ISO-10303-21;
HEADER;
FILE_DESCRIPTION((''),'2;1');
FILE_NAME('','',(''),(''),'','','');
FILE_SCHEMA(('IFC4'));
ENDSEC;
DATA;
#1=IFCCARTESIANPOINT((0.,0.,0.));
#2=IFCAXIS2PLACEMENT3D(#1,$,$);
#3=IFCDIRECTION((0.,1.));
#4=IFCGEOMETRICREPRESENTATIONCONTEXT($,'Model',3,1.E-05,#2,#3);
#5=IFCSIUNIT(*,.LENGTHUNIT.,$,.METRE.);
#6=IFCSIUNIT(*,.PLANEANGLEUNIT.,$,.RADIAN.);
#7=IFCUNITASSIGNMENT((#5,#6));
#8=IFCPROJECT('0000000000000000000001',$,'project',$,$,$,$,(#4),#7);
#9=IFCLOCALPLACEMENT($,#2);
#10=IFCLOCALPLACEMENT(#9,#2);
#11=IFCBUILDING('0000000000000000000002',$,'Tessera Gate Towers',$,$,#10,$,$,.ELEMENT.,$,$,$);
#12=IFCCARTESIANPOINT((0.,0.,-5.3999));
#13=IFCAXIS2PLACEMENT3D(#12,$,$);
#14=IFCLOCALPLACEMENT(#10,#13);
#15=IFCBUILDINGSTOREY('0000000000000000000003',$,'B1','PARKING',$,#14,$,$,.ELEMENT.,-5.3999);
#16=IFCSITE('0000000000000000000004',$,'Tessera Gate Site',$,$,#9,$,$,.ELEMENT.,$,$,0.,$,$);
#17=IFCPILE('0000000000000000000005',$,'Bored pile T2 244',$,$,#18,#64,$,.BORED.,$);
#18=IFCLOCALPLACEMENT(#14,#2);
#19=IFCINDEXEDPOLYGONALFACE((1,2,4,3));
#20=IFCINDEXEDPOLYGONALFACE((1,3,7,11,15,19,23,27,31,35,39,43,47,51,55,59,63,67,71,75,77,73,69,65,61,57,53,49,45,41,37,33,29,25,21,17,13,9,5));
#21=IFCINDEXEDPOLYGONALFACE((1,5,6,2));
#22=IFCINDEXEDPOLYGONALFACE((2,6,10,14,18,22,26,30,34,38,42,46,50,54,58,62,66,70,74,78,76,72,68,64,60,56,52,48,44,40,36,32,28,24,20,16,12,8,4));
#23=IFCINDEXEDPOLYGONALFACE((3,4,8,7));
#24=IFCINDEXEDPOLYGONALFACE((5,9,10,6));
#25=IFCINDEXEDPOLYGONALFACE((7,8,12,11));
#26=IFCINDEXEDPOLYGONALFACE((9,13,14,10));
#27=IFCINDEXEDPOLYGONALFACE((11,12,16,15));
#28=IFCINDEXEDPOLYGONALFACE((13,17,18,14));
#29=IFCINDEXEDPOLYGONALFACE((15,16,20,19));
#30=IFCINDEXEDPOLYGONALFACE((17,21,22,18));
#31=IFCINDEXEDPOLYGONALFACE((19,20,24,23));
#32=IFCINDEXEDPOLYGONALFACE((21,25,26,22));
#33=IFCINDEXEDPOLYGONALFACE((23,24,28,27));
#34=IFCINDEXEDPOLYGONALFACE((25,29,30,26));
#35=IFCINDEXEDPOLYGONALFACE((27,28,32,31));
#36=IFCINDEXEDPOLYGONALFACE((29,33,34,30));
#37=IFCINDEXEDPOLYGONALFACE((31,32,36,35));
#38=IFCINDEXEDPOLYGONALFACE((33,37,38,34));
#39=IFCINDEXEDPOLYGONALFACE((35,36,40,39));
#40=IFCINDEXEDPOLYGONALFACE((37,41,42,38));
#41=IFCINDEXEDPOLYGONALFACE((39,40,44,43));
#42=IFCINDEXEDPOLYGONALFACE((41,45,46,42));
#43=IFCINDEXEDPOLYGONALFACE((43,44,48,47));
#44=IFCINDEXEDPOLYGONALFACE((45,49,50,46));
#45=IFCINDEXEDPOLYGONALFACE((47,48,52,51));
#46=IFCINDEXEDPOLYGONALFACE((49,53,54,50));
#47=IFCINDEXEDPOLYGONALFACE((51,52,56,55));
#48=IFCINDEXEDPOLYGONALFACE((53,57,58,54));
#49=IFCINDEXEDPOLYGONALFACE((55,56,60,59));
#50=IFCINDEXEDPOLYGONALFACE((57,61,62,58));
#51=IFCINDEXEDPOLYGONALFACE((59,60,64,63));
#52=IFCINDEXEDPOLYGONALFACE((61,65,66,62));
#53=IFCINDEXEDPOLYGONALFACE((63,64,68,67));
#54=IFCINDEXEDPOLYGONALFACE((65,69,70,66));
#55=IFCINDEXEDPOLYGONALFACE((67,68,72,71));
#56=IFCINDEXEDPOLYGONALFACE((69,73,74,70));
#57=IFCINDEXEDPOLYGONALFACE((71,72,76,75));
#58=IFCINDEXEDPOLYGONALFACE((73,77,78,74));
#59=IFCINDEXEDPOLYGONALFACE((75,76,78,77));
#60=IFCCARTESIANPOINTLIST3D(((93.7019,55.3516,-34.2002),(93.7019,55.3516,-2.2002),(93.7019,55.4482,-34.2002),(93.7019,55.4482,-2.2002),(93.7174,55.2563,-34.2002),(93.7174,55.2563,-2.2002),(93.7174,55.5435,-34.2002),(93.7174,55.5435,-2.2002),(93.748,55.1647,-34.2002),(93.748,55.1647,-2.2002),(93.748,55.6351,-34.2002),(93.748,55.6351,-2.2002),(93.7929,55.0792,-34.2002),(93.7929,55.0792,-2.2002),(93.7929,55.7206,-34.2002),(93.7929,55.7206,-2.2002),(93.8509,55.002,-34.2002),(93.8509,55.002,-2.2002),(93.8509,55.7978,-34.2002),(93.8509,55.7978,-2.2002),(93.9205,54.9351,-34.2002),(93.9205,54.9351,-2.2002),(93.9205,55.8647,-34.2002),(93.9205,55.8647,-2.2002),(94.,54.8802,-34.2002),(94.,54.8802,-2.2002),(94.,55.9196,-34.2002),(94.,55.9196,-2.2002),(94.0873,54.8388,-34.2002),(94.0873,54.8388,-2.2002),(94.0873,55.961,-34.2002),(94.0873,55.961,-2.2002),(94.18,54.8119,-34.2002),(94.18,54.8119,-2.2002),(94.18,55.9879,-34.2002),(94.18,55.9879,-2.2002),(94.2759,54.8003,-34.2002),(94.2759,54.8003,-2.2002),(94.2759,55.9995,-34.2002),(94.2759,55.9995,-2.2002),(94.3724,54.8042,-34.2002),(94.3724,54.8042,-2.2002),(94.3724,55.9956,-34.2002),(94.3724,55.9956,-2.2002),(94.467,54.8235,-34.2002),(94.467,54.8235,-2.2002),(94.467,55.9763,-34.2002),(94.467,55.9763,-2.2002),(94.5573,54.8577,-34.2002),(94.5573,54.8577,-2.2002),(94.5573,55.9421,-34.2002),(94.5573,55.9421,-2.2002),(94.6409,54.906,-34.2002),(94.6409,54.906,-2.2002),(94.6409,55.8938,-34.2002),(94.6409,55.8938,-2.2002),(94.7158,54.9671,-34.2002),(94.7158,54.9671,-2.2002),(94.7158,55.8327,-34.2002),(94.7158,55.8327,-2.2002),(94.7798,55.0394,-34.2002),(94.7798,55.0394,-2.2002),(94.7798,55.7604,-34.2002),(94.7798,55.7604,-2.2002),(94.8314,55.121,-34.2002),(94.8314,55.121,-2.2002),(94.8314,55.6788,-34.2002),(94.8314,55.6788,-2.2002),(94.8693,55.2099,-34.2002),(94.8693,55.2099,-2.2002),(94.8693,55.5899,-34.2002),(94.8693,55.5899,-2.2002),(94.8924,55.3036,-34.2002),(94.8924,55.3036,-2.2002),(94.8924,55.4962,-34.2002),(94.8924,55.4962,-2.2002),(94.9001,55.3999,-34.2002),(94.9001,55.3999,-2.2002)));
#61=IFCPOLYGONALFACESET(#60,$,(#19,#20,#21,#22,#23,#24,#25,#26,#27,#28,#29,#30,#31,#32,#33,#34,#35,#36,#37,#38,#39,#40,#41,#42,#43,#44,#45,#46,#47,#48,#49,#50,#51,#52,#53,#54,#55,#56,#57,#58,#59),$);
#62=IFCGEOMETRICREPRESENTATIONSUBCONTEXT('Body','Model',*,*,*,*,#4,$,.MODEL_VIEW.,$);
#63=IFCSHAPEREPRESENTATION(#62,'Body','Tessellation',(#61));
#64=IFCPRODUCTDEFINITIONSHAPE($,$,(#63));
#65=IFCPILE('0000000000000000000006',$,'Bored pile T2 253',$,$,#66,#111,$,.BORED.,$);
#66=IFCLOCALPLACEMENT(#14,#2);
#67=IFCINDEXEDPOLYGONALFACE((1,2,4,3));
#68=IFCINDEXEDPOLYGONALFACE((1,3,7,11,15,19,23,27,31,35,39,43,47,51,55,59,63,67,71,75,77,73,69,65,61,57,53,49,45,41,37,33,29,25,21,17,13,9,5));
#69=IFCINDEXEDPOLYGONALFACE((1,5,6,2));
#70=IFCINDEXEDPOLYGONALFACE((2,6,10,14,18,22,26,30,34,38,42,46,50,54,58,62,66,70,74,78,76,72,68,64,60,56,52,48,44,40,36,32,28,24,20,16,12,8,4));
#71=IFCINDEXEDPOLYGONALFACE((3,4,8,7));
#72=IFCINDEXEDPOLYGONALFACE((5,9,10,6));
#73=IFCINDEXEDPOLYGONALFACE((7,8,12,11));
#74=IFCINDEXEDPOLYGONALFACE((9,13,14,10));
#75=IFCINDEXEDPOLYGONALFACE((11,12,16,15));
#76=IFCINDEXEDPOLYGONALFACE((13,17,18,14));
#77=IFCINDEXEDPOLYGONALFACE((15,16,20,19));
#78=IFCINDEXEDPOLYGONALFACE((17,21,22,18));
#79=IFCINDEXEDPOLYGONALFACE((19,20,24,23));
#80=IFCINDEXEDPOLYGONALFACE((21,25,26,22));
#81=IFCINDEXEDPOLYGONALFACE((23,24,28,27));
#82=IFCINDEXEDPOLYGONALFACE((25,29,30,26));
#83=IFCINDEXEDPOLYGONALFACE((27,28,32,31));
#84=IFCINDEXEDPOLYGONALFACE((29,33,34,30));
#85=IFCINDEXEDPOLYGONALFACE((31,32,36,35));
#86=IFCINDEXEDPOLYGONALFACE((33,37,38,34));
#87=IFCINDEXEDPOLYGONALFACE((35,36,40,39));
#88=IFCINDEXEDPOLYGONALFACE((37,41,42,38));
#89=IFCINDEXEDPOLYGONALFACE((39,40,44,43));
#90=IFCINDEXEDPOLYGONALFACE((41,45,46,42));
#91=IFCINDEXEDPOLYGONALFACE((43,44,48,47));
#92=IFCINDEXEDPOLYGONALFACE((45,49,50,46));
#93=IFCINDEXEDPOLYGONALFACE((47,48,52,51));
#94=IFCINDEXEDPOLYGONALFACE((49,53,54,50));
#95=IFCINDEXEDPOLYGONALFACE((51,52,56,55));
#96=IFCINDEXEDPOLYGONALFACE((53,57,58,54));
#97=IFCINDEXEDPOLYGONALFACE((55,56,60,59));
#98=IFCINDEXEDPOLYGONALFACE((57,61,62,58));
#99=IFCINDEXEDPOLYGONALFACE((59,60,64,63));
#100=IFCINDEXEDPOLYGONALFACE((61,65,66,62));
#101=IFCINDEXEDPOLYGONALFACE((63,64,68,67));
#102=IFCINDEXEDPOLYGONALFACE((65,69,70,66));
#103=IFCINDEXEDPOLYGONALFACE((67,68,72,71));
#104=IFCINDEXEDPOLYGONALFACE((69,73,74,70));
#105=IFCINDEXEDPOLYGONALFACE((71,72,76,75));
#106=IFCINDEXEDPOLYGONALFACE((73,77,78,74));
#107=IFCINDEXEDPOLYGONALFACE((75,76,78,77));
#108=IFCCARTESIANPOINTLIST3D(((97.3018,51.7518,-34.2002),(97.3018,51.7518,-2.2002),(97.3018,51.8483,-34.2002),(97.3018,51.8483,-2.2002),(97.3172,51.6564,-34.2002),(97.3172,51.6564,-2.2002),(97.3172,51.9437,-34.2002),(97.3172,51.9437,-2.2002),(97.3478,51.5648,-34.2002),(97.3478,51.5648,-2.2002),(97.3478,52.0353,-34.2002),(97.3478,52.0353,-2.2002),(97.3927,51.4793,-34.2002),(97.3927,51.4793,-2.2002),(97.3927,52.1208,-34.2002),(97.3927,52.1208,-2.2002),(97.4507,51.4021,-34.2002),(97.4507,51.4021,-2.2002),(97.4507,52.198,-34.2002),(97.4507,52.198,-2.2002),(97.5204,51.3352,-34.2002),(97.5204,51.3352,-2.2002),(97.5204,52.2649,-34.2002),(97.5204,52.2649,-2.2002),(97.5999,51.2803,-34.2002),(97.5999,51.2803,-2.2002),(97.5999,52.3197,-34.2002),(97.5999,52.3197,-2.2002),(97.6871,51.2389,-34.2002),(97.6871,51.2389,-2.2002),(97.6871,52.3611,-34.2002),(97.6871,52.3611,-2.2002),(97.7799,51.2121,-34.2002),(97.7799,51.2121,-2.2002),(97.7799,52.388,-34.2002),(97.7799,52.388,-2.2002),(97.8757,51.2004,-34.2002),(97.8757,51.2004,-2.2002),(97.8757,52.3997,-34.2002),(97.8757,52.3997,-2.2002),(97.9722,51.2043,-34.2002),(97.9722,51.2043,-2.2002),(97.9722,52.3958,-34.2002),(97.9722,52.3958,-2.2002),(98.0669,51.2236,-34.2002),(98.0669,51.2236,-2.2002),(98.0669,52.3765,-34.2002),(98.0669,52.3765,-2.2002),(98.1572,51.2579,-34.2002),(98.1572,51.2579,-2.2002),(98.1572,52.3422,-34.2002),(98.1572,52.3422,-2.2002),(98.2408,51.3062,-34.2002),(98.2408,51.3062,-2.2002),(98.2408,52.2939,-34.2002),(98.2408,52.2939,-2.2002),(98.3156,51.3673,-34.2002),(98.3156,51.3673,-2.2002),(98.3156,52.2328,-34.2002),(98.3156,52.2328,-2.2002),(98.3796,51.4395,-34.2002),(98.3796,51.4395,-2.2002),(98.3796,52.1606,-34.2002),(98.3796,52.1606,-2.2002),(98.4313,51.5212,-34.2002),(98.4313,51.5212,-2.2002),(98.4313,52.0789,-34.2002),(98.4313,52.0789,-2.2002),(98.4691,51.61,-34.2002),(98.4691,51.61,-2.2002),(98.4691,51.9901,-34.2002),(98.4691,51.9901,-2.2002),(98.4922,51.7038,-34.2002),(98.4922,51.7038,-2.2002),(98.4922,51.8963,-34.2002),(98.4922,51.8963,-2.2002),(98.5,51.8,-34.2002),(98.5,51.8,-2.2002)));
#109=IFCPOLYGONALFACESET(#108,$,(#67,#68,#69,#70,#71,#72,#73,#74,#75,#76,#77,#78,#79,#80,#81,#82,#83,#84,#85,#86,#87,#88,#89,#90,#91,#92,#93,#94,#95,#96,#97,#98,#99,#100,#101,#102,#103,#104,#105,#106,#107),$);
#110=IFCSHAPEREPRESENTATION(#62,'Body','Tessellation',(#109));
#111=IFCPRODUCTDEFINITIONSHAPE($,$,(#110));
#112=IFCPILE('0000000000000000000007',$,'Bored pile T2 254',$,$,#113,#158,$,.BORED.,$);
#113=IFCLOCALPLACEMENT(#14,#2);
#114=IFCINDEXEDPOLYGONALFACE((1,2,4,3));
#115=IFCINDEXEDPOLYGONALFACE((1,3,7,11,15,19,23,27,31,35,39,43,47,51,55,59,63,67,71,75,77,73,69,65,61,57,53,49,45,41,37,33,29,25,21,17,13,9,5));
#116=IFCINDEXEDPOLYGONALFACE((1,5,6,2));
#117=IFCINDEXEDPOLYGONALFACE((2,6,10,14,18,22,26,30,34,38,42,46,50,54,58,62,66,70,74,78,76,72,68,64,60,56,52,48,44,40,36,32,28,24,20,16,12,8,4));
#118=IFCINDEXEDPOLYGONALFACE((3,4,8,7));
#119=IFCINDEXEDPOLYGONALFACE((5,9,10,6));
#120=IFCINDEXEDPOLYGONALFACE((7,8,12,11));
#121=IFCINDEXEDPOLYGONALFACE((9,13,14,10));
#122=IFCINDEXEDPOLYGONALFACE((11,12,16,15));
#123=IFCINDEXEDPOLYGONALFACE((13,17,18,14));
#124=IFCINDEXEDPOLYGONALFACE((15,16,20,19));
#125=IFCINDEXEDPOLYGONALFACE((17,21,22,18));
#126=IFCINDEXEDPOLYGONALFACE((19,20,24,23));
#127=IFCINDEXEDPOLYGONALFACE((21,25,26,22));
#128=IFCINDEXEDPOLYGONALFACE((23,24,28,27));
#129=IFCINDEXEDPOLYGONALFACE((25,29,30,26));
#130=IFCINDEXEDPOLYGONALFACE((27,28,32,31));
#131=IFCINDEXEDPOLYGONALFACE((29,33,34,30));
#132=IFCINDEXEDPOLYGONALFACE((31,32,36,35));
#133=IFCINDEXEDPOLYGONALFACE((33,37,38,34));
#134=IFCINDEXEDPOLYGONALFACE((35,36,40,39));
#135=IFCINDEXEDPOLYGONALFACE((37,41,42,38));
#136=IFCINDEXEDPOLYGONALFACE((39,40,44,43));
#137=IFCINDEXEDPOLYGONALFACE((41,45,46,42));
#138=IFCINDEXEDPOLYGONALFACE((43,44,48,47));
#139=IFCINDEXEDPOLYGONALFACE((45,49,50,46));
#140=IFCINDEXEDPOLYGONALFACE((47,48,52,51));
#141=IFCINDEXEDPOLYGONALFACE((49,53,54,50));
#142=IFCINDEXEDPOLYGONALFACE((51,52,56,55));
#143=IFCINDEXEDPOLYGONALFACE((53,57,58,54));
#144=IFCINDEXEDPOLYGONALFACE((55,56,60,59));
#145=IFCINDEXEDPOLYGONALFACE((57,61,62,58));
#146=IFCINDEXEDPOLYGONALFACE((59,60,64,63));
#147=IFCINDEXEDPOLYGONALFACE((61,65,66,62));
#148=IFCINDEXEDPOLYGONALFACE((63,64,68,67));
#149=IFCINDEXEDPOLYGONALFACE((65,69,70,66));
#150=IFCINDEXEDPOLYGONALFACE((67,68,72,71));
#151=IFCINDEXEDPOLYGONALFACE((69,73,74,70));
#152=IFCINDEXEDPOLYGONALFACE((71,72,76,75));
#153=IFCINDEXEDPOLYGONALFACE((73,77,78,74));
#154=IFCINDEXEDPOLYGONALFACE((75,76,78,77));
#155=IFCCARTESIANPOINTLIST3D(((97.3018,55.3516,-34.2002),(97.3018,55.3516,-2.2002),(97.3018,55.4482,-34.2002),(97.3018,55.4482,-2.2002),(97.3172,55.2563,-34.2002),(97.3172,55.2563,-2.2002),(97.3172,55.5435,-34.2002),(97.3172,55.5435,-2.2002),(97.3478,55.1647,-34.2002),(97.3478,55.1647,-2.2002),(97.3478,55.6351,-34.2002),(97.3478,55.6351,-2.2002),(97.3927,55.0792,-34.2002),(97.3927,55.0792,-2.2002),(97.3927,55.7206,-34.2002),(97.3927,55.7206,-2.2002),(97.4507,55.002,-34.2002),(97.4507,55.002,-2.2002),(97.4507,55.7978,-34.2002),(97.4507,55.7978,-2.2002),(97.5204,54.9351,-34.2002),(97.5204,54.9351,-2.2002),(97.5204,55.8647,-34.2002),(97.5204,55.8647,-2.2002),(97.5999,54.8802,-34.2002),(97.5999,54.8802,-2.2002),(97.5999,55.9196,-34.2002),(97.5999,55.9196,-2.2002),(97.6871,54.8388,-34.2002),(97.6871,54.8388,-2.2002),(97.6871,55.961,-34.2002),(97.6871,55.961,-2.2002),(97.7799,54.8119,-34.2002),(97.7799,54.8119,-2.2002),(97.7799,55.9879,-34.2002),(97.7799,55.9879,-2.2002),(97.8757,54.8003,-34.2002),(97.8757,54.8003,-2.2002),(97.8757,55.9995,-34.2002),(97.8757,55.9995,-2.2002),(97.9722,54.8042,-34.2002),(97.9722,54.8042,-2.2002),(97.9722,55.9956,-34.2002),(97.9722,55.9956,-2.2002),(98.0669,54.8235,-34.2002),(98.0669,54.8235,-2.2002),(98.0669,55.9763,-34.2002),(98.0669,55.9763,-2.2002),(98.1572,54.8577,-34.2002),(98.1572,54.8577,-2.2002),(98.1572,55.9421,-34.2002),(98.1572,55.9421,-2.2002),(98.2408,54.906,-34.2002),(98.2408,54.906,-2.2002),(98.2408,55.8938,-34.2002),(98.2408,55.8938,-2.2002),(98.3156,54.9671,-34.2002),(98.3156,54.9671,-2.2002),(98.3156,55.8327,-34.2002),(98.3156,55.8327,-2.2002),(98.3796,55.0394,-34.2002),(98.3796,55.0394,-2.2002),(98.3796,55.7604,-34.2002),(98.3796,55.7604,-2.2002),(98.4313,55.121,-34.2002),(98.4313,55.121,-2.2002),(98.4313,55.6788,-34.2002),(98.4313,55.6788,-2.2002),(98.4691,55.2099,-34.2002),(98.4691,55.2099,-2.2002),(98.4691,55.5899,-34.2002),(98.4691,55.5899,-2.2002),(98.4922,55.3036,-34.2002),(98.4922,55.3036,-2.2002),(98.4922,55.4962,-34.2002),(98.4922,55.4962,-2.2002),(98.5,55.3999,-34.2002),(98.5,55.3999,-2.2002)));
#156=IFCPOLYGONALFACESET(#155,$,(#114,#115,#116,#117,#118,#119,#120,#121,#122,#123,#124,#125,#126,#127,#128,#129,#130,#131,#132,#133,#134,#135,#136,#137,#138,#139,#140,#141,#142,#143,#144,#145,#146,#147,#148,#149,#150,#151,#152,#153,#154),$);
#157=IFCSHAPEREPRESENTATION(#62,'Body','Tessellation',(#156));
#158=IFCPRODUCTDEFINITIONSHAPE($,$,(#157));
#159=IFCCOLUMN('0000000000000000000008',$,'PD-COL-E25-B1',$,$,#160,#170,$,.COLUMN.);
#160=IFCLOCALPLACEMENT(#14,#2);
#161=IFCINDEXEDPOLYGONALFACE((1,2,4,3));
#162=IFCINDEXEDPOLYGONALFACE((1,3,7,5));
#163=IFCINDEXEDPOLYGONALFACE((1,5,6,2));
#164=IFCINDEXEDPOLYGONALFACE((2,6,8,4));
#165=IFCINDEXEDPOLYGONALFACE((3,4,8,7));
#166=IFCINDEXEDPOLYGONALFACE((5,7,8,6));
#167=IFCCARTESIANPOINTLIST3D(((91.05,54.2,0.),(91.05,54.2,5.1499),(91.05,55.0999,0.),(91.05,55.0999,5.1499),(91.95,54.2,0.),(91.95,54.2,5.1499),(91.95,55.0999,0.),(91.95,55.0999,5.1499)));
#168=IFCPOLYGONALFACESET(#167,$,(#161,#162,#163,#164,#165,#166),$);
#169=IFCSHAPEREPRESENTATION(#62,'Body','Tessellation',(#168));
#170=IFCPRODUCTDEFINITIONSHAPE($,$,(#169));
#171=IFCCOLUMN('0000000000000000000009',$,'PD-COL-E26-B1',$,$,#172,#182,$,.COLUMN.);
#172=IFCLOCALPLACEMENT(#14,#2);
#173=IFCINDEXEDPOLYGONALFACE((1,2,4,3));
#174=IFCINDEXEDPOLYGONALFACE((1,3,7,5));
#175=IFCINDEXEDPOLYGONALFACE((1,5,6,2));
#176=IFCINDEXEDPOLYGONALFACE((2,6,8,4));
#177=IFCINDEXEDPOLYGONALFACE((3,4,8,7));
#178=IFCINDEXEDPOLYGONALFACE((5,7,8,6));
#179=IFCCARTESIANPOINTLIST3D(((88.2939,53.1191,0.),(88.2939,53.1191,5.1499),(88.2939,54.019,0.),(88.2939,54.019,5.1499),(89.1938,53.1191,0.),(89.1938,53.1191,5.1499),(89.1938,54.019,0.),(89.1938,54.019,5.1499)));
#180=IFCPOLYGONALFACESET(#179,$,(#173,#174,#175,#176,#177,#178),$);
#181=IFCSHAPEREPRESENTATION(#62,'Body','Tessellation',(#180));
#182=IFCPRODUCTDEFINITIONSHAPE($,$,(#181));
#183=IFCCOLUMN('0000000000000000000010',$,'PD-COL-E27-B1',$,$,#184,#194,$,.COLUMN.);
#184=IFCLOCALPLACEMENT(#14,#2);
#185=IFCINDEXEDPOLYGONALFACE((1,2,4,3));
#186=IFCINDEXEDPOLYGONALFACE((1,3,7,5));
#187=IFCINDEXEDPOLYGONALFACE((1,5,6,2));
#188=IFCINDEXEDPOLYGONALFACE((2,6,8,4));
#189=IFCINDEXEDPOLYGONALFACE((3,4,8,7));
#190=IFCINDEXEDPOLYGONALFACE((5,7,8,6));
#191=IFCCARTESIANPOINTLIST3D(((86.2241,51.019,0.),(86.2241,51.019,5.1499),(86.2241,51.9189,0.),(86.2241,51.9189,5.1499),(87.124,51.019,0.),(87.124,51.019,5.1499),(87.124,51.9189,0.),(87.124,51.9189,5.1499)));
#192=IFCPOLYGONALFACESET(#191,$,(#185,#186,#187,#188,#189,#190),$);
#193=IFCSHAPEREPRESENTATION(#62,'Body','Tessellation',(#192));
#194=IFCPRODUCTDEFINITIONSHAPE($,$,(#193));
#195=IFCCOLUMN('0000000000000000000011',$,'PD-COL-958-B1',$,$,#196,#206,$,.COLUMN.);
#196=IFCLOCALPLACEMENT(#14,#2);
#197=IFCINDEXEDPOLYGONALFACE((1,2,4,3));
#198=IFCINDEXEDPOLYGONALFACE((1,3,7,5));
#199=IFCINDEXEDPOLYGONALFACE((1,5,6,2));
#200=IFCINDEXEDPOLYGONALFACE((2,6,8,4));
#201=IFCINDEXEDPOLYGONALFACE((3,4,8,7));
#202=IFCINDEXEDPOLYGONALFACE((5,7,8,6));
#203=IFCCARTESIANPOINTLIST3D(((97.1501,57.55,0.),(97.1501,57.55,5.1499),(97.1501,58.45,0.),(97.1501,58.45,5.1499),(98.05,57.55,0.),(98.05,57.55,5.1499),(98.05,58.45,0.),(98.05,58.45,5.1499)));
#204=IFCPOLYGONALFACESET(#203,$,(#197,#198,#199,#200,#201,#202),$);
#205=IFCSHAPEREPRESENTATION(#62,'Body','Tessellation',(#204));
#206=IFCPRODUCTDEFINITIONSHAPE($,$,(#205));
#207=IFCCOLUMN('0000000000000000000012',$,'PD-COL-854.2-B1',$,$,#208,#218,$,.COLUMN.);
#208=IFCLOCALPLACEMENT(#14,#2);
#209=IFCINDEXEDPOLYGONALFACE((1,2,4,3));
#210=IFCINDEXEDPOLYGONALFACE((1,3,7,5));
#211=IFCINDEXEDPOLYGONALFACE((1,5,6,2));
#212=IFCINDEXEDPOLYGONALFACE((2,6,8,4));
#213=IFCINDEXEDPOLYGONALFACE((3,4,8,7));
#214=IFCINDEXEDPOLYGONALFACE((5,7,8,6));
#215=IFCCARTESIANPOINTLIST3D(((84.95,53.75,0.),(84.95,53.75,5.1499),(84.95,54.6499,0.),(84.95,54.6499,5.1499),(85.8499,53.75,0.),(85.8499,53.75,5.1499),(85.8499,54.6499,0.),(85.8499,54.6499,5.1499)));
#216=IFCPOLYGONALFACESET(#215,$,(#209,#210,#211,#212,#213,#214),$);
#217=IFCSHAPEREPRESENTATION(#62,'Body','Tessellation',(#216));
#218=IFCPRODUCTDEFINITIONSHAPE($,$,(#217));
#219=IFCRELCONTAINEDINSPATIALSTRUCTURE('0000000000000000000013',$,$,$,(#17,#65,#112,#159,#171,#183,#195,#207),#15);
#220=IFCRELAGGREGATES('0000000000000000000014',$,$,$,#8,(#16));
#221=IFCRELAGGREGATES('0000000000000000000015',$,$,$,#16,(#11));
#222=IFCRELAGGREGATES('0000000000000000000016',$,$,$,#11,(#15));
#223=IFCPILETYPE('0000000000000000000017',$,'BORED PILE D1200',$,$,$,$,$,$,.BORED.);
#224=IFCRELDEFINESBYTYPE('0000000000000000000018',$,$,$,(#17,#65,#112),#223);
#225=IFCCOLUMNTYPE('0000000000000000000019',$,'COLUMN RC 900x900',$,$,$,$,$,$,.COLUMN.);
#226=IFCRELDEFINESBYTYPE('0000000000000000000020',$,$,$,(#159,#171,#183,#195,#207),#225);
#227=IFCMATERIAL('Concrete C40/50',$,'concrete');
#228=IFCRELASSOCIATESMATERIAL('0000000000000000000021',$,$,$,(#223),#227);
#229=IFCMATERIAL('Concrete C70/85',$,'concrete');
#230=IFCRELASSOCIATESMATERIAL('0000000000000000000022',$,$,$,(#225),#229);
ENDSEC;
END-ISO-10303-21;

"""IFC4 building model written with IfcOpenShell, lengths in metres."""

from ifc_helpers import new_model, si_unit, direction, frame, origin, origin_2d, place, context, subcontext, project, spatial, rectangle, circle, extrude, material, material_profile, profile_set, type_object, element, save


model = new_model("IFC4")

# Units and contexts
model_context = context("Model", 3, precision=1e-05, world=origin(), true_north=direction((0.0, 1.0)))
body_context = subcontext(model_context, "Body", "Model", "MODEL_VIEW")
ifc_project = project(units=[si_unit("LENGTHUNIT", "METRE"), si_unit("PLANEANGLEUNIT", "RADIAN")], contexts=[model_context])

# Site, building, storey
site_placement = place(None, origin())
site = spatial("IfcSite", under=ifc_project, at=site_placement, Name="Tessera Gate Site", CompositionType="ELEMENT", RefElevation=0.0)
building_placement = place(site_placement, origin())
building = spatial("IfcBuilding", under=site, at=building_placement, Name="Tessera Gate Towers", CompositionType="ELEMENT")
storey_placement = place(building_placement, frame((0.0, 0.0, -5.3999)))
storey = spatial("IfcBuildingStorey", under=building, at=storey_placement, Name="B1", Description="PARKING", CompositionType="ELEMENT", Elevation=-5.3999)

# Piles
ifc_material_1 = material(Name="Concrete C40/50", Category="concrete")
ifc_material_profile_1 = material_profile(ifc_material_1, circle(Radius=0.6001, at=origin_2d()), Name="BORED PILE D1200")
ifc_profile_set_1 = profile_set([ifc_material_profile_1], Name="Concrete C40/50")
pile_type = type_object("IfcPileType", Name="BORED PILE D1200", PredefinedType="BORED", material=ifc_profile_set_1)
for number, where, z_axis, x_axis, name in (
    (1, (94.3, 55.3999, -2.2002), (0.0, 0.0, -1.0), (1.0, 0.0, 0.0), "Bored pile T2 244"),
    (2, (97.8999, 51.8, -2.2002), (0.0, 0.0, -1.0), (1.0, 0.0, 0.0), "Bored pile T2 253"),
    (3, (97.8999, 55.3999, -2.2002), (0.0, 0.0, -1.0), (1.0, 0.0, 0.0), "Bored pile T2 254"),
):
    element("IfcPile", number, at=place(storey_placement, frame(where, z_axis=z_axis, x_axis=x_axis)), inside=storey, type_object=pile_type, Name=name, PredefinedType="BORED", context=body_context, shape_type="SweptSolid", body=[
        extrude(circle(Radius=0.6001, at=origin_2d()), origin(), (0.0, 0.0, 1.0), 32.0),
    ])

# Columns
ifc_material_2 = material(Name="Concrete C70/85", Category="concrete")
ifc_material_profile_2 = material_profile(ifc_material_2, rectangle(XDim=0.8999, YDim=0.8999, at=origin_2d()), Name="RC 900x900")
ifc_profile_set_2 = profile_set([ifc_material_profile_2], Name="Concrete C70/85")
column_type = type_object("IfcColumnType", Name="COLUMN RC 900x900", PredefinedType="COLUMN", material=ifc_profile_set_2)
for number, where, z_axis, x_axis, name in (
    (4, (91.5, 54.6499, 0.0), (0.0, 0.0, 1.0), (1.0, 0.0, 0.0), "PD-COL-E25-B1"),
    (5, (88.7439, 53.5691, 0.0), (0.0, 0.0, 1.0), (1.0, 0.0, 0.0), "PD-COL-E26-B1"),
    (6, (86.6741, 51.469, 0.0), (0.0, 0.0, 1.0), (1.0, 0.0, 0.0), "PD-COL-E27-B1"),
    (7, (97.6001, 58.0, 0.0), (0.0, 0.0, 1.0), (1.0, 0.0, 0.0), "PD-COL-958-B1"),
    (8, (85.3999, 54.2, 0.0), (0.0, 0.0, 1.0), (1.0, 0.0, 0.0), "PD-COL-854.2-B1"),
):
    element("IfcColumn", number, at=place(storey_placement, frame(where, z_axis=z_axis, x_axis=x_axis)), inside=storey, type_object=column_type, Name=name, PredefinedType="COLUMN", context=body_context, shape_type="SweptSolid", body=[
        extrude(rectangle(XDim=0.8999, YDim=0.8999, at=origin_2d()), origin(), (0.0, 0.0, 1.0), 5.1499),
    ])

save(model, "model.ifc")
